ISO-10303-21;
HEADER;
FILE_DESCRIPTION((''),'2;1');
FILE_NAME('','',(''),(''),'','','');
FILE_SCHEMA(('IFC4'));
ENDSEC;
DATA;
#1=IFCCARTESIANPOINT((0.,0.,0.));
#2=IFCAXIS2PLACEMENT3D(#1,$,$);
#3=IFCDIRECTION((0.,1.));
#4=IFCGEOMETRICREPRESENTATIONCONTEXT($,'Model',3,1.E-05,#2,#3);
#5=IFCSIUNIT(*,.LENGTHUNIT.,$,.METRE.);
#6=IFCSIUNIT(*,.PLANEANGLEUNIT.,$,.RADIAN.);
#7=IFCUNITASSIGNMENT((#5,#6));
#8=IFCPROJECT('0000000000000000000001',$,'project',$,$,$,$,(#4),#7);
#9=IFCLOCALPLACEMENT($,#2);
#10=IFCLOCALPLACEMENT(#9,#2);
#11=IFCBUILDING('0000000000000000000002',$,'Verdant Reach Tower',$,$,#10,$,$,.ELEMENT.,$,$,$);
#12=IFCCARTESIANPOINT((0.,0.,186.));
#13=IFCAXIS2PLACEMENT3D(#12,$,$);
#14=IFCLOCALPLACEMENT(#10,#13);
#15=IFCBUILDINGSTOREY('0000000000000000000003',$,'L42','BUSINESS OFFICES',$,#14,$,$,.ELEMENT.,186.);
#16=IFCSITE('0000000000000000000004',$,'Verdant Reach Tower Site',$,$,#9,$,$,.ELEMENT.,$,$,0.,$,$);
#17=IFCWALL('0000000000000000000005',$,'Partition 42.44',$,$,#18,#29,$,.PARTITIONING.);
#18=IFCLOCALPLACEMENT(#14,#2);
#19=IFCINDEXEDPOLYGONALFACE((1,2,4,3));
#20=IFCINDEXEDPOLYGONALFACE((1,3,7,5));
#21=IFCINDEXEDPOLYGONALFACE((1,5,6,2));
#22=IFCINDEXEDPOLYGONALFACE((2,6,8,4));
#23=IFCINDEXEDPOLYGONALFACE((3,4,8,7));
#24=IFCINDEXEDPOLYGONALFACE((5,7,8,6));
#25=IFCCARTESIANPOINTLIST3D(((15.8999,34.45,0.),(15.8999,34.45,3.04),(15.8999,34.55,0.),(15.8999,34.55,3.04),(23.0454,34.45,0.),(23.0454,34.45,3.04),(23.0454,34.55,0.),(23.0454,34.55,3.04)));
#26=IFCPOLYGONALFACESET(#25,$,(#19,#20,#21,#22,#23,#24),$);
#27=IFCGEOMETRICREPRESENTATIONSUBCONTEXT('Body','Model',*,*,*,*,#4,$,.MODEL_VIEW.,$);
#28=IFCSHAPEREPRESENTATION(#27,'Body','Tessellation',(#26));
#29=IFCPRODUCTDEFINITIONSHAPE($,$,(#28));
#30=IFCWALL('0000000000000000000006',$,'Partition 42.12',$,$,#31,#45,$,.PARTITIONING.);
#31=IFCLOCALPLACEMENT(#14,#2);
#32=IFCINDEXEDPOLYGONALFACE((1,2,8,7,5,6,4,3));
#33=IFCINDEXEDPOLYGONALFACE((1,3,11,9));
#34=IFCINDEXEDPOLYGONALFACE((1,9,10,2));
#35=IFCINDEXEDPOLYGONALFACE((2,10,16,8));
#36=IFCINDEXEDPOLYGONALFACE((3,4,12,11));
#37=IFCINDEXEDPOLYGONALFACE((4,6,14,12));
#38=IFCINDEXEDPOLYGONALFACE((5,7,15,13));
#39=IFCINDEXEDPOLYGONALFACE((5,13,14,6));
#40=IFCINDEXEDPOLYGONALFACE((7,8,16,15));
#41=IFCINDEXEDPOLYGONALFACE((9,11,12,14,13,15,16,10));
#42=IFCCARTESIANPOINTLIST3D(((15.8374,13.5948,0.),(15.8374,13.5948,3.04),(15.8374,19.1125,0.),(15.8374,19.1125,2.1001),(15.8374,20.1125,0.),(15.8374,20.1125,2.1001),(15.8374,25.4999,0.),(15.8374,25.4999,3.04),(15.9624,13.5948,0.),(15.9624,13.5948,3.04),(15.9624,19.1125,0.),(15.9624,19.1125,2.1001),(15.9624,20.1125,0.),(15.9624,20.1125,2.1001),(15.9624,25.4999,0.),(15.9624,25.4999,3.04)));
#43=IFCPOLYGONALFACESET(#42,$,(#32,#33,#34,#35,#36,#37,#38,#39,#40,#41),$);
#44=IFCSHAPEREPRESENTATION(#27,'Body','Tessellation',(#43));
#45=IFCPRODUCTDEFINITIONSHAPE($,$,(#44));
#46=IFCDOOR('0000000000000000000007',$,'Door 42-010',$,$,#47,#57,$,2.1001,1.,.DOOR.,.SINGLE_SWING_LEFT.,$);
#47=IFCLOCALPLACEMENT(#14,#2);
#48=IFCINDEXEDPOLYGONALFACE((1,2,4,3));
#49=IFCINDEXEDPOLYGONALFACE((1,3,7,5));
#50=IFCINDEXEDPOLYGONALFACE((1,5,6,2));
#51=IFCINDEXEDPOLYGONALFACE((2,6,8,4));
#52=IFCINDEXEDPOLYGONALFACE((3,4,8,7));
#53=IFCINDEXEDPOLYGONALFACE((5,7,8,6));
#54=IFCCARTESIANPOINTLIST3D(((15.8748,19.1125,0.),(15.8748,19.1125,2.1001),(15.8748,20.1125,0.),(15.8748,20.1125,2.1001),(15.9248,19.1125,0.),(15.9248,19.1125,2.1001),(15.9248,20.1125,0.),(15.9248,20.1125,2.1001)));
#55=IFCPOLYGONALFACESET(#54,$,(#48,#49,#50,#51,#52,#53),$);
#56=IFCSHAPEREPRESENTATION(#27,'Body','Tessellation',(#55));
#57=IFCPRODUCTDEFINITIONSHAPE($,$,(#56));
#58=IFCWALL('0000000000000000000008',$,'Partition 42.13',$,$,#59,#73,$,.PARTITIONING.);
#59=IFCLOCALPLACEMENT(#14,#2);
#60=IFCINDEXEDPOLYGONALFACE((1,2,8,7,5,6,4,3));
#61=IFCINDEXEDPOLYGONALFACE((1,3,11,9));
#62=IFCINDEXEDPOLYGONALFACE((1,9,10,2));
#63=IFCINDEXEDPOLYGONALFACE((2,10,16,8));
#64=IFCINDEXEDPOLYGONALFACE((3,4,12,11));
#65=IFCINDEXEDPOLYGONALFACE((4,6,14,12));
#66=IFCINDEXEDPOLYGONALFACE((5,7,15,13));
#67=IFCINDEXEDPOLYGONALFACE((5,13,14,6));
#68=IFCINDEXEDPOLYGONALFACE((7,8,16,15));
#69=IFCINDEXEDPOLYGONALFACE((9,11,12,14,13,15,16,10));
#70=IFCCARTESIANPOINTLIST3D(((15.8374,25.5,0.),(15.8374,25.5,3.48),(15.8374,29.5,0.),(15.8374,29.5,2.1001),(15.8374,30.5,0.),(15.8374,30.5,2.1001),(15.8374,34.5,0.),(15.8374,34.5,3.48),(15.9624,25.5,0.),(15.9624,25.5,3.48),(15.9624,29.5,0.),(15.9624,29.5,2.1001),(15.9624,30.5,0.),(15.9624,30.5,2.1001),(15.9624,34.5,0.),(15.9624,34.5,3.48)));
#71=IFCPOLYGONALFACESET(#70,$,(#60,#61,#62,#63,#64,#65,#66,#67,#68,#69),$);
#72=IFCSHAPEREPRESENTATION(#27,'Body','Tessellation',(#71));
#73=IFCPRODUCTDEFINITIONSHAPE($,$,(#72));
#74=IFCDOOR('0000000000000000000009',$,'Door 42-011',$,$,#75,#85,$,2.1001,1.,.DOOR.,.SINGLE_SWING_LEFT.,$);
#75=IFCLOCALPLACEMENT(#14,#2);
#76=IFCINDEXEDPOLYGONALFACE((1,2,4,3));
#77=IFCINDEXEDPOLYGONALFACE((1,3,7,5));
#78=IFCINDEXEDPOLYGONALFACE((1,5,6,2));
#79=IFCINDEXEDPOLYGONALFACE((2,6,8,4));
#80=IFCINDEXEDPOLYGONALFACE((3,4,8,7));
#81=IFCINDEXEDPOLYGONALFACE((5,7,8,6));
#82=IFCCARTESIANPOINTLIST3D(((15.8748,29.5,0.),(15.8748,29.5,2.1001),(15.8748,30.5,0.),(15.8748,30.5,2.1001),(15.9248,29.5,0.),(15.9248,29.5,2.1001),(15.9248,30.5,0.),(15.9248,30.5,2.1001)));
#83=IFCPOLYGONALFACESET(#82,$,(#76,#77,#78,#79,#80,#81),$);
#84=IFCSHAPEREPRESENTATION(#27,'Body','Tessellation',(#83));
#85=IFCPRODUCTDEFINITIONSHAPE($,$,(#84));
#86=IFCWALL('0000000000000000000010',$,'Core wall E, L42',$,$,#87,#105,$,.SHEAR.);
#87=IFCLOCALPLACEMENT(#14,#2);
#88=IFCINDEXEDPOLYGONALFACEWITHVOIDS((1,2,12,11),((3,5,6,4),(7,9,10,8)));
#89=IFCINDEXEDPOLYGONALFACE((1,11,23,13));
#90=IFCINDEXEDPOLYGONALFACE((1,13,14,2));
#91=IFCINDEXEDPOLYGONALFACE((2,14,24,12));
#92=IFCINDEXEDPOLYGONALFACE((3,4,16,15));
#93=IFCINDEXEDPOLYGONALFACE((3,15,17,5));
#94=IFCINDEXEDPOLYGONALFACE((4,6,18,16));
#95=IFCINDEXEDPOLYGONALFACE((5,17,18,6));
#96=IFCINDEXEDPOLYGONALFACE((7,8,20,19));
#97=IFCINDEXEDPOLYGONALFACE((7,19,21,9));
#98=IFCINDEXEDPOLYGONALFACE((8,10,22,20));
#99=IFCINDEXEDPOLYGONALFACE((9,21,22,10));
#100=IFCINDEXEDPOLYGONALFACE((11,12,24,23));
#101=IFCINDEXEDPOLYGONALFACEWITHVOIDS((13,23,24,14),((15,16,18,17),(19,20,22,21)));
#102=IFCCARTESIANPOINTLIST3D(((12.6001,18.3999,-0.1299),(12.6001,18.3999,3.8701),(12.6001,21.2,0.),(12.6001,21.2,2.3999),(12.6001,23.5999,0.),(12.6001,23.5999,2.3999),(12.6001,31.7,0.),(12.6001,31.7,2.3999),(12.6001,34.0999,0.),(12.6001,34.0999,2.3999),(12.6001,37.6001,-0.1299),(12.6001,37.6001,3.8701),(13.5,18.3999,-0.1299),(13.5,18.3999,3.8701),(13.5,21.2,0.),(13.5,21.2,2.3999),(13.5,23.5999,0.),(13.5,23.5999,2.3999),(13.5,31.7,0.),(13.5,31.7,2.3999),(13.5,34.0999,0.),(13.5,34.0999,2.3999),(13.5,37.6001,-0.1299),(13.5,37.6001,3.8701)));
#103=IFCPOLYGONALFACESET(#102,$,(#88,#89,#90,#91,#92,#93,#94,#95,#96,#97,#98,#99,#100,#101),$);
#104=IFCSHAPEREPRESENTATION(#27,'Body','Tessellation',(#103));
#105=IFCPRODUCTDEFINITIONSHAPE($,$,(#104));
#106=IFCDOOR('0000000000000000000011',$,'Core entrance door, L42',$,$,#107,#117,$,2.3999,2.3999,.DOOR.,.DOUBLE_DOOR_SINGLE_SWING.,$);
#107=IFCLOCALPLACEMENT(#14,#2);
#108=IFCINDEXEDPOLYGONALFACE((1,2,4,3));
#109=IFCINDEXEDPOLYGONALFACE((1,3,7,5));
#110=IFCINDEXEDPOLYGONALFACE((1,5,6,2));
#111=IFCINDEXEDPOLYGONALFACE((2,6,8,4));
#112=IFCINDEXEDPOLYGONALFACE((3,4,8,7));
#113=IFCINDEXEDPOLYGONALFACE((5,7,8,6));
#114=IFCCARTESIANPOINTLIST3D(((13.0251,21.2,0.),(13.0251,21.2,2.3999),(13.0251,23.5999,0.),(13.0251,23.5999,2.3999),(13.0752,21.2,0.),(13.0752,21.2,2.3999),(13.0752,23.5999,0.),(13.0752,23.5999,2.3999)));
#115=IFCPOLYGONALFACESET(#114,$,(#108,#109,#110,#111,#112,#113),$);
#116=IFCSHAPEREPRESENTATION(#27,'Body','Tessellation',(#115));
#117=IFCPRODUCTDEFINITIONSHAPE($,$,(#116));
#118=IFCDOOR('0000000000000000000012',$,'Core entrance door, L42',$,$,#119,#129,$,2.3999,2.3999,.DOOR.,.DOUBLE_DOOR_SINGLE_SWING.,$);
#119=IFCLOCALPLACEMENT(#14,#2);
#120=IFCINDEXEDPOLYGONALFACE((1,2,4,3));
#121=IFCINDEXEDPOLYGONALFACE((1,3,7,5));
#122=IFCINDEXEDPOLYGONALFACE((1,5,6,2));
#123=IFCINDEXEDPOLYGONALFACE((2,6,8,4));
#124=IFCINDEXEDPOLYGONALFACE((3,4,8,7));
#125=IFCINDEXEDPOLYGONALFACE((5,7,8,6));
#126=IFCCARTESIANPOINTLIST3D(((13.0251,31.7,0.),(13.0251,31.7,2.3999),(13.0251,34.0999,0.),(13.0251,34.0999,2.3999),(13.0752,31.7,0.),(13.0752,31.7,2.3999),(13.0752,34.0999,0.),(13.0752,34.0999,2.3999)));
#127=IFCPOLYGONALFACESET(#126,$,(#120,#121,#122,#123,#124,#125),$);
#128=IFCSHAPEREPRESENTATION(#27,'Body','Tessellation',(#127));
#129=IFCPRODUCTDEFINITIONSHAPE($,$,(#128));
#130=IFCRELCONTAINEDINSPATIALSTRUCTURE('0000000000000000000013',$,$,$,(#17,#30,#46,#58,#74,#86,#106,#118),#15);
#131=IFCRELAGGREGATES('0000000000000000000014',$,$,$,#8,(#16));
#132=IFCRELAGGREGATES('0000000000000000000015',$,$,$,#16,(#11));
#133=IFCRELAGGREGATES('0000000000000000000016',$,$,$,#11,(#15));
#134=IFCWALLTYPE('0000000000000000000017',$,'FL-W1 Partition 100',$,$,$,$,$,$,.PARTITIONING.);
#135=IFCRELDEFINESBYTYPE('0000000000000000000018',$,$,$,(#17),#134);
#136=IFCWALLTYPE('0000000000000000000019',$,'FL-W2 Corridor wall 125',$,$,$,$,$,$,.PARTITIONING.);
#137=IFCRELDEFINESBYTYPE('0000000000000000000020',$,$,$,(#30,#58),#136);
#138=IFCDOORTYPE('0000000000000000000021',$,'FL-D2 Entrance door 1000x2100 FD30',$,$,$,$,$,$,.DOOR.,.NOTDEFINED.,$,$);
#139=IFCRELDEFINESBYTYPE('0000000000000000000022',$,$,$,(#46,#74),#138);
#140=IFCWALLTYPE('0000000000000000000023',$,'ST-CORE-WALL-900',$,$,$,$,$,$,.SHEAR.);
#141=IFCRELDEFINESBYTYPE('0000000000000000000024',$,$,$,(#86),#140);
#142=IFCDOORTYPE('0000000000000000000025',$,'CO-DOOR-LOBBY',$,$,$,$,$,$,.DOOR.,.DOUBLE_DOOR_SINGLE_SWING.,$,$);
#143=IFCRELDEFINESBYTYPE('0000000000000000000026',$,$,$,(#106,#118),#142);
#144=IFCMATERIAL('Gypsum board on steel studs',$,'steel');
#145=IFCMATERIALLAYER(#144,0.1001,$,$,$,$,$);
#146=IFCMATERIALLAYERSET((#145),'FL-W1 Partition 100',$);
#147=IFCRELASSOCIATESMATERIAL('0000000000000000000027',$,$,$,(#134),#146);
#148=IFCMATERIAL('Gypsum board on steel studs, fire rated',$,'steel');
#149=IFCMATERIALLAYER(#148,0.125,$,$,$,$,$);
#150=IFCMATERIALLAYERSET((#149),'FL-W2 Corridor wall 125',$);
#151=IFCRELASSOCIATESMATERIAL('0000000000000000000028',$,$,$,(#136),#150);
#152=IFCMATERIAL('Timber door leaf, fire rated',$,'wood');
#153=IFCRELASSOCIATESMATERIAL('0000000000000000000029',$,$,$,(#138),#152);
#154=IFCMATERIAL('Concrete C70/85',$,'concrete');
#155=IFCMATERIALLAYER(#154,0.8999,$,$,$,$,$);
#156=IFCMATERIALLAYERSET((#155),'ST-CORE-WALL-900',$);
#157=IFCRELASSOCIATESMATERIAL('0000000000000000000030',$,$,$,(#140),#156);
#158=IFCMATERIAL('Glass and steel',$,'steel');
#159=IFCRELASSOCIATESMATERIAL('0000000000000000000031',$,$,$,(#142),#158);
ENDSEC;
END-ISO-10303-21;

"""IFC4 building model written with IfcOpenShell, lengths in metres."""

from ifc_helpers import new_model, si_unit, direction, frame, frame_2d, origin, place, context, subcontext, project, spatial, rectangle, extrude, material, layer, layer_set, type_object, element, fill, save


model = new_model("IFC4")

# Units and contexts
model_context = context("Model", 3, precision=1e-05, world=origin(), true_north=direction((0.0, 1.0)))
body_context = subcontext(model_context, "Body", "Model", "MODEL_VIEW")
ifc_project = project(units=[si_unit("LENGTHUNIT", "METRE"), si_unit("PLANEANGLEUNIT", "RADIAN")], contexts=[model_context])

# Site, building, storey
site_placement = place(None, origin())
site = spatial("IfcSite", under=ifc_project, at=site_placement, Name="Verdant Reach Tower Site", CompositionType="ELEMENT", RefElevation=0.0)
building_placement = place(site_placement, origin())
building = spatial("IfcBuilding", under=site, at=building_placement, Name="Verdant Reach Tower", CompositionType="ELEMENT")
storey_placement = place(building_placement, frame((0.0, 0.0, 186.0)))
storey = spatial("IfcBuildingStorey", under=building, at=storey_placement, Name="L42", Description="BUSINESS OFFICES", CompositionType="ELEMENT", Elevation=186.0)

# Wall
ifc_material_1 = material(Name="Gypsum board on steel studs", Category="steel")
ifc_layer_1 = layer(ifc_material_1, 0.1001)
ifc_layer_set_1 = layer_set([ifc_layer_1], Name="FL-W1 Partition 100")
wall_type_1 = type_object("IfcWallType", Name="FL-W1 Partition 100", PredefinedType="PARTITIONING", material=ifc_layer_set_1)
wall_1_placement = place(storey_placement, frame((23.0454, 34.5, 0.0), z_axis=(0.0, 0.0, 1.0), x_axis=(-1.0, 0.0, 0.0)))
element("IfcWall", 1, at=wall_1_placement, inside=storey, type_object=wall_type_1, Name="Partition 42.44", PredefinedType="PARTITIONING", context=body_context, shape_type="SweptSolid", body=[
    extrude(rectangle(XDim=7.1455, YDim=0.1001, at=frame_2d((3.5728, 0.0))), origin(), (0.0, 0.0, 1.0), 3.04),
])

# Walls, openings, doors
ifc_material_2 = material(Name="Gypsum board on steel studs, fire rated", Category="steel")
ifc_layer_2 = layer(ifc_material_2, 0.125)
ifc_layer_set_2 = layer_set([ifc_layer_2], Name="FL-W2 Corridor wall 125")
wall_type_2 = type_object("IfcWallType", Name="FL-W2 Corridor wall 125", PredefinedType="PARTITIONING", material=ifc_layer_set_2)
wall_2_placement = place(storey_placement, frame((15.8999, 25.5, 0.0), z_axis=(0.0, 0.0, 1.0), x_axis=(0.0, -1.0, 0.0)))
wall_2 = element("IfcWall", 2, at=wall_2_placement, inside=storey, type_object=wall_type_2, Name="Partition 42.12", PredefinedType="PARTITIONING", context=body_context, shape_type="SweptSolid", body=[
    extrude(rectangle(XDim=11.905, YDim=0.125, at=frame_2d((5.9526, 0.0))), origin(), (0.0, 0.0, 1.0), 3.04),
])
opening_1_placement = place(wall_2_placement, frame((5.3875, 0.0, 0.0)))
opening_1 = element("IfcOpeningElement", 3, at=opening_1_placement, cuts=wall_2, PredefinedType="OPENING", context=body_context, shape_type="SweptSolid", body=[
    extrude(rectangle(XDim=1.0, YDim=2.1001, at=frame_2d((0.5, 1.05))), frame((0.0, 0.0725, 0.0), z_axis=(0.0, -1.0, 0.0), x_axis=(1.0, 0.0, 0.0)), (0.0, 0.0, 1.0), 0.145),
])
ifc_material_3 = material(Name="Timber door leaf, fire rated", Category="wood")
door_type_1 = type_object("IfcDoorType", Name="FL-D2 Entrance door 1000x2100 FD30", OperationType="NOTDEFINED", PredefinedType="DOOR", material=ifc_material_3)
door_1_placement = place(opening_1_placement, origin())
door_1 = element("IfcDoor", 4, at=door_1_placement, inside=storey, type_object=door_type_1, Name="Door 42-010", OperationType="SINGLE_SWING_LEFT", OverallHeight=2.1001, OverallWidth=1.0, PredefinedType="DOOR", context=body_context, shape_type="SweptSolid", body=[
    extrude(rectangle(XDim=1.0, YDim=2.1001, at=frame_2d((0.5, 1.05))), frame((0.0, 0.0249, 0.0), z_axis=(0.0, -1.0, 0.0), x_axis=(1.0, 0.0, 0.0)), (0.0, 0.0, 1.0), 0.05),
])
fill(opening_1, door_1)
wall_3_placement = place(storey_placement, frame((15.8999, 34.5, 0.0), z_axis=(0.0, 0.0, 1.0), x_axis=(0.0, -1.0, 0.0)))
wall_3 = element("IfcWall", 5, at=wall_3_placement, inside=storey, type_object=wall_type_2, Name="Partition 42.13", PredefinedType="PARTITIONING", context=body_context, shape_type="SweptSolid", body=[
    extrude(rectangle(XDim=9.0, YDim=0.125, at=frame_2d((4.5, 0.0))), origin(), (0.0, 0.0, 1.0), 3.48),
])
opening_2_placement = place(wall_3_placement, frame((4.0, 0.0, 0.0)))
opening_2 = element("IfcOpeningElement", 6, at=opening_2_placement, cuts=wall_3, PredefinedType="OPENING", context=body_context, shape_type="SweptSolid", body=[
    extrude(rectangle(XDim=1.0, YDim=2.1001, at=frame_2d((0.5, 1.05))), frame((0.0, 0.0725, 0.0), z_axis=(0.0, -1.0, 0.0), x_axis=(1.0, 0.0, 0.0)), (0.0, 0.0, 1.0), 0.145),
])
door_2_placement = place(opening_2_placement, origin())
door_2 = element("IfcDoor", 7, at=door_2_placement, inside=storey, type_object=door_type_1, Name="Door 42-011", OperationType="SINGLE_SWING_LEFT", OverallHeight=2.1001, OverallWidth=1.0, PredefinedType="DOOR", context=body_context, shape_type="SweptSolid", body=[
    extrude(rectangle(XDim=1.0, YDim=2.1001, at=frame_2d((0.5, 1.05))), frame((0.0, 0.0249, 0.0), z_axis=(0.0, -1.0, 0.0), x_axis=(1.0, 0.0, 0.0)), (0.0, 0.0, 1.0), 0.05),
])
fill(opening_2, door_2)

# Wall, openings, doors
ifc_material_4 = material(Name="Concrete C70/85", Category="concrete")
ifc_layer_3 = layer(ifc_material_4, 0.8999)
ifc_layer_set_3 = layer_set([ifc_layer_3], Name="ST-CORE-WALL-900")
wall_type_3 = type_object("IfcWallType", Name="ST-CORE-WALL-900", PredefinedType="SHEAR", material=ifc_layer_set_3)
wall_4_placement = place(storey_placement, frame((13.05, 18.3999, -0.1299), z_axis=(0.0, 0.0, 1.0), x_axis=(0.0, 1.0, 0.0)))
wall_4 = element("IfcWall", 8, at=wall_4_placement, inside=storey, type_object=wall_type_3, Name="Core wall E, L42", PredefinedType="SHEAR", context=body_context, shape_type="SweptSolid", body=[
    extrude(rectangle(XDim=19.2002, YDim=0.8999, at=frame_2d((9.6001, 0.0))), origin(), (0.0, 0.0, 1.0), 4.0),
])
opening_3_placement = place(wall_4_placement, frame((2.8, 0.0, 0.1299)))
opening_3 = element("IfcOpeningElement", 9, at=opening_3_placement, cuts=wall_4, PredefinedType="OPENING", context=body_context, shape_type="SweptSolid", body=[
    extrude(rectangle(XDim=2.3999, YDim=2.3999, at=frame_2d((1.2, 1.2))), frame((0.0, 0.46, 0.0), z_axis=(0.0, -1.0, 0.0), x_axis=(1.0, 0.0, 0.0)), (0.0, 0.0, 1.0), 0.9199),
])
opening_4_placement = place(wall_4_placement, frame((13.3, 0.0, 0.1299)))
opening_4 = element("IfcOpeningElement", 10, at=opening_4_placement, cuts=wall_4, PredefinedType="OPENING", context=body_context, shape_type="SweptSolid", body=[
    extrude(rectangle(XDim=2.3999, YDim=2.3999, at=frame_2d((1.2, 1.2))), frame((0.0, 0.46, 0.0), z_axis=(0.0, -1.0, 0.0), x_axis=(1.0, 0.0, 0.0)), (0.0, 0.0, 1.0), 0.9199),
])
ifc_material_5 = material(Name="Glass and steel", Category="steel")
door_type_2 = type_object("IfcDoorType", Name="CO-DOOR-LOBBY", OperationType="DOUBLE_DOOR_SINGLE_SWING", PredefinedType="DOOR", material=ifc_material_5)
door_3_placement = place(opening_3_placement, origin())
door_3 = element("IfcDoor", 11, at=door_3_placement, inside=storey, type_object=door_type_2, Name="Core entrance door, L42", OperationType="DOUBLE_DOOR_SINGLE_SWING", OverallHeight=2.3999, OverallWidth=2.3999, PredefinedType="DOOR", context=body_context, shape_type="SweptSolid", body=[
    extrude(rectangle(XDim=2.3999, YDim=2.3999, at=frame_2d((1.2, 1.2))), frame((0.0, 0.0249, 0.0), z_axis=(0.0, -1.0, 0.0), x_axis=(1.0, 0.0, 0.0)), (0.0, 0.0, 1.0), 0.05),
])
fill(opening_3, door_3)
door_4_placement = place(opening_4_placement, origin())
door_4 = element("IfcDoor", 12, at=door_4_placement, inside=storey, type_object=door_type_2, Name="Core entrance door, L42", OperationType="DOUBLE_DOOR_SINGLE_SWING", OverallHeight=2.3999, OverallWidth=2.3999, PredefinedType="DOOR", context=body_context, shape_type="SweptSolid", body=[
    extrude(rectangle(XDim=2.3999, YDim=2.3999, at=frame_2d((1.2, 1.2))), frame((0.0, 0.0249, 0.0), z_axis=(0.0, -1.0, 0.0), x_axis=(1.0, 0.0, 0.0)), (0.0, 0.0, 1.0), 0.05),
])
fill(opening_4, door_4)

save(model, "model.ifc")
